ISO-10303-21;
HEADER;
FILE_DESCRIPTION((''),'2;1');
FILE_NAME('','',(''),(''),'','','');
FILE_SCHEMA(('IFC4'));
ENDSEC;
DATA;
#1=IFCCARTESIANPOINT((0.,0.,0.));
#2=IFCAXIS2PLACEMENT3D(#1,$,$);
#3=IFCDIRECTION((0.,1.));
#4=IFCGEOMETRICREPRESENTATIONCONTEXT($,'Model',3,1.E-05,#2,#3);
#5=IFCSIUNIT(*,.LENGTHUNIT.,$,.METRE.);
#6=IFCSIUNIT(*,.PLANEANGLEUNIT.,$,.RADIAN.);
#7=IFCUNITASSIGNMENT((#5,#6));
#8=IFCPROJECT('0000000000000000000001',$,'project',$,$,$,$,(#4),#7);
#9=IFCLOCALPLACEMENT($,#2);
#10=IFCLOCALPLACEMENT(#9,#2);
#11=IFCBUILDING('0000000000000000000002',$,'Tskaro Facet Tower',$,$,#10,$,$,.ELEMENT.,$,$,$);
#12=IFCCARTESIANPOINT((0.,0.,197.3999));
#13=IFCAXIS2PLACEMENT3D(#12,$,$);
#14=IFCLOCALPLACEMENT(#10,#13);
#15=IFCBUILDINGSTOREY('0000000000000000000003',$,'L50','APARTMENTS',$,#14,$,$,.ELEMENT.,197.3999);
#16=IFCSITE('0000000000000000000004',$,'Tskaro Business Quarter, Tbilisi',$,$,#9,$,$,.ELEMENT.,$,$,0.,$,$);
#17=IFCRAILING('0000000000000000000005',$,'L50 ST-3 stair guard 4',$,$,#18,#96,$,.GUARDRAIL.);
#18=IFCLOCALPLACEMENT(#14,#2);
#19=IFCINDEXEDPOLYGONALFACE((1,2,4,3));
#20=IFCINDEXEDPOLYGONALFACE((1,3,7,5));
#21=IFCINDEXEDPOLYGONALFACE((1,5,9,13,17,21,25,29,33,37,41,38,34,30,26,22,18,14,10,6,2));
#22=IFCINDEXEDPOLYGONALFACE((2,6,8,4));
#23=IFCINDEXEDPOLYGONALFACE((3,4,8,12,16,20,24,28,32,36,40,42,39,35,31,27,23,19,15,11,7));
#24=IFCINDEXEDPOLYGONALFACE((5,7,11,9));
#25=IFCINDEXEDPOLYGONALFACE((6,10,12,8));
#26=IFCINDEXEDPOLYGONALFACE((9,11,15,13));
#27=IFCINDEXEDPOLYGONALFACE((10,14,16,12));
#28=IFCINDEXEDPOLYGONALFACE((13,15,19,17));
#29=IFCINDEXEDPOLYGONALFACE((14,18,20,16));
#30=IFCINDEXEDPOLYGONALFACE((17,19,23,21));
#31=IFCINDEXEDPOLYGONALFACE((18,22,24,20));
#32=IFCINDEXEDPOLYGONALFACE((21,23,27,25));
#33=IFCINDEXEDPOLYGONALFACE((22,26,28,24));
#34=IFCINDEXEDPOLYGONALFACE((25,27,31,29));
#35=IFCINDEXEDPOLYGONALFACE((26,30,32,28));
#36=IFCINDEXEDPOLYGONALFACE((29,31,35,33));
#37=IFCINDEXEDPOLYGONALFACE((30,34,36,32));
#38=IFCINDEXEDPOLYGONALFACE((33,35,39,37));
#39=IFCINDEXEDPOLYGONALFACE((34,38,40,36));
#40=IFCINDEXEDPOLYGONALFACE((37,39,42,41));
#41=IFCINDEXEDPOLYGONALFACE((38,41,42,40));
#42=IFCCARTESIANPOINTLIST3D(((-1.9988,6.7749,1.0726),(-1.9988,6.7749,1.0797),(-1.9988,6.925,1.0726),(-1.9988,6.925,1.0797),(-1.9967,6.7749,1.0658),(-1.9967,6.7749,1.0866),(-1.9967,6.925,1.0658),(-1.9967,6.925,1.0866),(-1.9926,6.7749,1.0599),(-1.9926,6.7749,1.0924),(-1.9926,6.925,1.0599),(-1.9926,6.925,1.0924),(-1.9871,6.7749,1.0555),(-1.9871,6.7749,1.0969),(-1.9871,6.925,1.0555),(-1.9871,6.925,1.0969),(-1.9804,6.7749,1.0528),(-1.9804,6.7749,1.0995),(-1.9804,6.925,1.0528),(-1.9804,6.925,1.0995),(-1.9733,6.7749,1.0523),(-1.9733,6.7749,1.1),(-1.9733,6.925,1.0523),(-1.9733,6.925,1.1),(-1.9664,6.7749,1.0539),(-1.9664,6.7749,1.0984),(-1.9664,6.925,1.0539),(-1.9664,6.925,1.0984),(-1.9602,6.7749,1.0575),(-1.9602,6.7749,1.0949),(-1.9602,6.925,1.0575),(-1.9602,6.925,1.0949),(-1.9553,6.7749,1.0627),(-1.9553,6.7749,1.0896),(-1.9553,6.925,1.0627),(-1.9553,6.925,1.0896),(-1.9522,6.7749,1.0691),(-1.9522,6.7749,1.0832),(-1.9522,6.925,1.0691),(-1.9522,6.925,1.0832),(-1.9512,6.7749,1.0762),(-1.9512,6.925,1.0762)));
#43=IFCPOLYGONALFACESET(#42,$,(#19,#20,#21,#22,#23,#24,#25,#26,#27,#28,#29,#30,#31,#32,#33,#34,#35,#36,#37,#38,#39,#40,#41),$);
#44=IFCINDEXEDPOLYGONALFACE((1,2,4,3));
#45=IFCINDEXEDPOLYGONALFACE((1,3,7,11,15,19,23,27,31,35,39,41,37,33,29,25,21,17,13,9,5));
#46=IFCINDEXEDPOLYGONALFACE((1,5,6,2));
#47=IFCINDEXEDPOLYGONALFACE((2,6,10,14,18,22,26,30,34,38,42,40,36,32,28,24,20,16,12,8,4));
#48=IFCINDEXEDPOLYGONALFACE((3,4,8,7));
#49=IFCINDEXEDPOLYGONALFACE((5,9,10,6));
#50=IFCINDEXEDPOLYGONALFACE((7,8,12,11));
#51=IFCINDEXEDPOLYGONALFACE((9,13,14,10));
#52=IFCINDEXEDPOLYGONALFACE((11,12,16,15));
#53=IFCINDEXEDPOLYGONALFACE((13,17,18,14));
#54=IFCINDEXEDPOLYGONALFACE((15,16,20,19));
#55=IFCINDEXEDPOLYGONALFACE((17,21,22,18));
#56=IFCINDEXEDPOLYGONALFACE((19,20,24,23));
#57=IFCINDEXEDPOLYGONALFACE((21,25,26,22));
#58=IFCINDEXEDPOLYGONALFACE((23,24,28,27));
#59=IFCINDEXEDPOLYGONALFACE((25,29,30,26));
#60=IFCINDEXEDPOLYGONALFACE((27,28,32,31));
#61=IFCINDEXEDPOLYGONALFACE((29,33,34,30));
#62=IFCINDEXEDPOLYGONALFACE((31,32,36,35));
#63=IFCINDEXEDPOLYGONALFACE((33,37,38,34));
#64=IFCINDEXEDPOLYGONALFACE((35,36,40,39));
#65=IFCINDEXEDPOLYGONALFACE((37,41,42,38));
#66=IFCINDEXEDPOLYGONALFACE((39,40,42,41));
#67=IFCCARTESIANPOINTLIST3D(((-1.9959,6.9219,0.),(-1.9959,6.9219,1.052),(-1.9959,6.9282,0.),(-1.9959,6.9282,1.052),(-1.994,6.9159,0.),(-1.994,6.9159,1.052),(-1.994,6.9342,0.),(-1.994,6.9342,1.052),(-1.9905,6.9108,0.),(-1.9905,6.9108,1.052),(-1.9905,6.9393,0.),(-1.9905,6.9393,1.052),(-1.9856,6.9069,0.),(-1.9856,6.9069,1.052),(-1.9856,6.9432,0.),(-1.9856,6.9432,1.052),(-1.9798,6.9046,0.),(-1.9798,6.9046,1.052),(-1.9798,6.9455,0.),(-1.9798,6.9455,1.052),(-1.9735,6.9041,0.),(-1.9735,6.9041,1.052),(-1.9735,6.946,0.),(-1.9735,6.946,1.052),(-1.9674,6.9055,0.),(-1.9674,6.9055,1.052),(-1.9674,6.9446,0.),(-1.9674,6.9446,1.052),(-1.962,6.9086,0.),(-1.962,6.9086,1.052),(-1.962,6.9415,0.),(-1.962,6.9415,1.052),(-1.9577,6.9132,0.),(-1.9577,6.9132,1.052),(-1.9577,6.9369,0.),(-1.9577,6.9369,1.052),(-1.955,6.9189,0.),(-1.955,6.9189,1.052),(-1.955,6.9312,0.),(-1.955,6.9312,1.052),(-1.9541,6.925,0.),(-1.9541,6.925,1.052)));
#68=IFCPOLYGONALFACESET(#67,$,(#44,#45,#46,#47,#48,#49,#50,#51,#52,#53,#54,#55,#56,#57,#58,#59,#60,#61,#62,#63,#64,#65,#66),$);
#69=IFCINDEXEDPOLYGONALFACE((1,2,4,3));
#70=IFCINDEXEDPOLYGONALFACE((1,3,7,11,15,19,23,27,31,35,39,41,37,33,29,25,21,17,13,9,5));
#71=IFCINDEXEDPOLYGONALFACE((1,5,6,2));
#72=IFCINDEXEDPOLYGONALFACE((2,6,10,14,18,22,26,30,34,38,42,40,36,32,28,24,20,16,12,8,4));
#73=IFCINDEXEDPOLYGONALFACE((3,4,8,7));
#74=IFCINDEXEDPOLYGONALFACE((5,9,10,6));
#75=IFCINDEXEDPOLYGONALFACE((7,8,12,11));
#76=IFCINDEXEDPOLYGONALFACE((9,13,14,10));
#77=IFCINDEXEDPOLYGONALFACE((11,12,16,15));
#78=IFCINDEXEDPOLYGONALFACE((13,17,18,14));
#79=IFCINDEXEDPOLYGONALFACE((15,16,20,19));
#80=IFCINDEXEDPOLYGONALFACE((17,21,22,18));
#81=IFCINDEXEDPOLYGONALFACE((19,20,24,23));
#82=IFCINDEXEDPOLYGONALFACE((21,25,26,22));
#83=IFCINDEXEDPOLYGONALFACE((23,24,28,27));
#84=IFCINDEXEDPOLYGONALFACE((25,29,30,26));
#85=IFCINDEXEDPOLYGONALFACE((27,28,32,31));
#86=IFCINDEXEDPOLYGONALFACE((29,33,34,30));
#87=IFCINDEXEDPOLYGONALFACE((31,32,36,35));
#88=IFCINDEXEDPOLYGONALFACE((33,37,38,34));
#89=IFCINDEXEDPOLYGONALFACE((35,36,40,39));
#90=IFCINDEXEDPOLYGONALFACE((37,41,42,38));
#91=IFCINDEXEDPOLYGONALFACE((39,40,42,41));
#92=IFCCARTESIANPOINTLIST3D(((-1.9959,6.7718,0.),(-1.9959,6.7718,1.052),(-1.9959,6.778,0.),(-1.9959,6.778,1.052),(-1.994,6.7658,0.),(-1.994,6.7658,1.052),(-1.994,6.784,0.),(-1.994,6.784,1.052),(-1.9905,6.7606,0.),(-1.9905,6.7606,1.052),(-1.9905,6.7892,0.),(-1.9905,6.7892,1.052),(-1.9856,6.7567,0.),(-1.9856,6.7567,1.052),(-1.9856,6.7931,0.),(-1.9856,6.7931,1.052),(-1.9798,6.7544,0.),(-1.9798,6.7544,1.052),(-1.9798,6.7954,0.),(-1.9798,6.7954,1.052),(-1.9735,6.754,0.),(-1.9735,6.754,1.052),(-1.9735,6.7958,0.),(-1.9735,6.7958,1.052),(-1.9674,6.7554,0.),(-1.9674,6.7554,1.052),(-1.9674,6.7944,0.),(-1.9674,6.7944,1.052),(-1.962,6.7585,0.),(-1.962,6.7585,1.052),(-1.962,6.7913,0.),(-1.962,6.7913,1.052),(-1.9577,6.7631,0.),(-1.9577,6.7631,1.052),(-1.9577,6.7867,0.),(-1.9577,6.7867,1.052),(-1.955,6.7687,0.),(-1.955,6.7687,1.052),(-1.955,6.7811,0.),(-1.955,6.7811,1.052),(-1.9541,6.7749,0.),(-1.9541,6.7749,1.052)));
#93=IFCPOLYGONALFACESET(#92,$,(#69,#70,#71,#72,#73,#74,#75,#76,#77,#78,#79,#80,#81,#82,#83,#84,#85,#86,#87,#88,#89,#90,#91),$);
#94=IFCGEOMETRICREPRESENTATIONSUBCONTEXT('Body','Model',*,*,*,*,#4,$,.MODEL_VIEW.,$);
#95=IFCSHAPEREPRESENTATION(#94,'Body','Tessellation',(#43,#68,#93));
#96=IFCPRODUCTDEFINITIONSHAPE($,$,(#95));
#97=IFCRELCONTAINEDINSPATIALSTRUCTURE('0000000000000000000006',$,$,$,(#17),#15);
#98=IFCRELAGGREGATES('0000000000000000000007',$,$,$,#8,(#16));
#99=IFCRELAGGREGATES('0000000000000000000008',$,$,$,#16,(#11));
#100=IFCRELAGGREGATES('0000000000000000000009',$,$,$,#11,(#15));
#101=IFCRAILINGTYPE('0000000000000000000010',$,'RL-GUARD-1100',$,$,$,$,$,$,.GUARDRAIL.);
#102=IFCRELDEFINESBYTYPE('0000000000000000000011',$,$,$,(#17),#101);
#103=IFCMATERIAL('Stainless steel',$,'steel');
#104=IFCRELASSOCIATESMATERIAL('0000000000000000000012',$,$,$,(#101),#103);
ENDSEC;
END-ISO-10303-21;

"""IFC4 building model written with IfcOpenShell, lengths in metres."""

from ifc_helpers import new_model, si_unit, direction, frame, origin, origin_2d, place, context, subcontext, project, spatial, circle, extrude, material, type_object, element, save


model = new_model("IFC4")

# Units and contexts
model_context = context("Model", 3, precision=1e-05, world=origin(), true_north=direction((0.0, 1.0)))
body_context = subcontext(model_context, "Body", "Model", "MODEL_VIEW")
ifc_project = project(units=[si_unit("LENGTHUNIT", "METRE"), si_unit("PLANEANGLEUNIT", "RADIAN")], contexts=[model_context])

# Site, building, storey
site_placement = place(None, origin())
site = spatial("IfcSite", under=ifc_project, at=site_placement, Name="Tskaro Business Quarter, Tbilisi", CompositionType="ELEMENT", RefElevation=0.0)
building_placement = place(site_placement, origin())
building = spatial("IfcBuilding", under=site, at=building_placement, Name="Tskaro Facet Tower", CompositionType="ELEMENT")
storey_placement = place(building_placement, frame((0.0, 0.0, 197.3999)))
storey = spatial("IfcBuildingStorey", under=building, at=storey_placement, Name="L50", Description="APARTMENTS", CompositionType="ELEMENT", Elevation=197.3999)

# Railing
ifc_material_1 = material(Name="Stainless steel", Category="steel")
railing_type_1 = type_object("IfcRailingType", Name="RL-GUARD-1100", PredefinedType="GUARDRAIL", material=ifc_material_1)
railing_1_placement = place(storey_placement, frame((-1.9751, 6.925, 0.0)))
element("IfcRailing", 1, at=railing_1_placement, inside=storey, type_object=railing_type_1, Name="L50 ST-3 stair guard 4", PredefinedType="GUARDRAIL", context=body_context, shape_type="SweptSolid", body=[
    extrude(circle(Radius=0.0239, at=origin_2d()), frame((0.0, 0.0, 1.0762), z_axis=(0.0, -1.0, 0.0), x_axis=(1.0, 0.0, 0.0)), (0.0, 0.0, 1.0), 0.1501),
    extrude(circle(Radius=0.021, at=origin_2d()), origin(), (0.0, 0.0, 1.0), 1.052),
    extrude(circle(Radius=0.021, at=origin_2d()), frame((0.0, -0.1501, 0.0)), (0.0, 0.0, 1.0), 1.052),
])

save(model, "model.ifc")
